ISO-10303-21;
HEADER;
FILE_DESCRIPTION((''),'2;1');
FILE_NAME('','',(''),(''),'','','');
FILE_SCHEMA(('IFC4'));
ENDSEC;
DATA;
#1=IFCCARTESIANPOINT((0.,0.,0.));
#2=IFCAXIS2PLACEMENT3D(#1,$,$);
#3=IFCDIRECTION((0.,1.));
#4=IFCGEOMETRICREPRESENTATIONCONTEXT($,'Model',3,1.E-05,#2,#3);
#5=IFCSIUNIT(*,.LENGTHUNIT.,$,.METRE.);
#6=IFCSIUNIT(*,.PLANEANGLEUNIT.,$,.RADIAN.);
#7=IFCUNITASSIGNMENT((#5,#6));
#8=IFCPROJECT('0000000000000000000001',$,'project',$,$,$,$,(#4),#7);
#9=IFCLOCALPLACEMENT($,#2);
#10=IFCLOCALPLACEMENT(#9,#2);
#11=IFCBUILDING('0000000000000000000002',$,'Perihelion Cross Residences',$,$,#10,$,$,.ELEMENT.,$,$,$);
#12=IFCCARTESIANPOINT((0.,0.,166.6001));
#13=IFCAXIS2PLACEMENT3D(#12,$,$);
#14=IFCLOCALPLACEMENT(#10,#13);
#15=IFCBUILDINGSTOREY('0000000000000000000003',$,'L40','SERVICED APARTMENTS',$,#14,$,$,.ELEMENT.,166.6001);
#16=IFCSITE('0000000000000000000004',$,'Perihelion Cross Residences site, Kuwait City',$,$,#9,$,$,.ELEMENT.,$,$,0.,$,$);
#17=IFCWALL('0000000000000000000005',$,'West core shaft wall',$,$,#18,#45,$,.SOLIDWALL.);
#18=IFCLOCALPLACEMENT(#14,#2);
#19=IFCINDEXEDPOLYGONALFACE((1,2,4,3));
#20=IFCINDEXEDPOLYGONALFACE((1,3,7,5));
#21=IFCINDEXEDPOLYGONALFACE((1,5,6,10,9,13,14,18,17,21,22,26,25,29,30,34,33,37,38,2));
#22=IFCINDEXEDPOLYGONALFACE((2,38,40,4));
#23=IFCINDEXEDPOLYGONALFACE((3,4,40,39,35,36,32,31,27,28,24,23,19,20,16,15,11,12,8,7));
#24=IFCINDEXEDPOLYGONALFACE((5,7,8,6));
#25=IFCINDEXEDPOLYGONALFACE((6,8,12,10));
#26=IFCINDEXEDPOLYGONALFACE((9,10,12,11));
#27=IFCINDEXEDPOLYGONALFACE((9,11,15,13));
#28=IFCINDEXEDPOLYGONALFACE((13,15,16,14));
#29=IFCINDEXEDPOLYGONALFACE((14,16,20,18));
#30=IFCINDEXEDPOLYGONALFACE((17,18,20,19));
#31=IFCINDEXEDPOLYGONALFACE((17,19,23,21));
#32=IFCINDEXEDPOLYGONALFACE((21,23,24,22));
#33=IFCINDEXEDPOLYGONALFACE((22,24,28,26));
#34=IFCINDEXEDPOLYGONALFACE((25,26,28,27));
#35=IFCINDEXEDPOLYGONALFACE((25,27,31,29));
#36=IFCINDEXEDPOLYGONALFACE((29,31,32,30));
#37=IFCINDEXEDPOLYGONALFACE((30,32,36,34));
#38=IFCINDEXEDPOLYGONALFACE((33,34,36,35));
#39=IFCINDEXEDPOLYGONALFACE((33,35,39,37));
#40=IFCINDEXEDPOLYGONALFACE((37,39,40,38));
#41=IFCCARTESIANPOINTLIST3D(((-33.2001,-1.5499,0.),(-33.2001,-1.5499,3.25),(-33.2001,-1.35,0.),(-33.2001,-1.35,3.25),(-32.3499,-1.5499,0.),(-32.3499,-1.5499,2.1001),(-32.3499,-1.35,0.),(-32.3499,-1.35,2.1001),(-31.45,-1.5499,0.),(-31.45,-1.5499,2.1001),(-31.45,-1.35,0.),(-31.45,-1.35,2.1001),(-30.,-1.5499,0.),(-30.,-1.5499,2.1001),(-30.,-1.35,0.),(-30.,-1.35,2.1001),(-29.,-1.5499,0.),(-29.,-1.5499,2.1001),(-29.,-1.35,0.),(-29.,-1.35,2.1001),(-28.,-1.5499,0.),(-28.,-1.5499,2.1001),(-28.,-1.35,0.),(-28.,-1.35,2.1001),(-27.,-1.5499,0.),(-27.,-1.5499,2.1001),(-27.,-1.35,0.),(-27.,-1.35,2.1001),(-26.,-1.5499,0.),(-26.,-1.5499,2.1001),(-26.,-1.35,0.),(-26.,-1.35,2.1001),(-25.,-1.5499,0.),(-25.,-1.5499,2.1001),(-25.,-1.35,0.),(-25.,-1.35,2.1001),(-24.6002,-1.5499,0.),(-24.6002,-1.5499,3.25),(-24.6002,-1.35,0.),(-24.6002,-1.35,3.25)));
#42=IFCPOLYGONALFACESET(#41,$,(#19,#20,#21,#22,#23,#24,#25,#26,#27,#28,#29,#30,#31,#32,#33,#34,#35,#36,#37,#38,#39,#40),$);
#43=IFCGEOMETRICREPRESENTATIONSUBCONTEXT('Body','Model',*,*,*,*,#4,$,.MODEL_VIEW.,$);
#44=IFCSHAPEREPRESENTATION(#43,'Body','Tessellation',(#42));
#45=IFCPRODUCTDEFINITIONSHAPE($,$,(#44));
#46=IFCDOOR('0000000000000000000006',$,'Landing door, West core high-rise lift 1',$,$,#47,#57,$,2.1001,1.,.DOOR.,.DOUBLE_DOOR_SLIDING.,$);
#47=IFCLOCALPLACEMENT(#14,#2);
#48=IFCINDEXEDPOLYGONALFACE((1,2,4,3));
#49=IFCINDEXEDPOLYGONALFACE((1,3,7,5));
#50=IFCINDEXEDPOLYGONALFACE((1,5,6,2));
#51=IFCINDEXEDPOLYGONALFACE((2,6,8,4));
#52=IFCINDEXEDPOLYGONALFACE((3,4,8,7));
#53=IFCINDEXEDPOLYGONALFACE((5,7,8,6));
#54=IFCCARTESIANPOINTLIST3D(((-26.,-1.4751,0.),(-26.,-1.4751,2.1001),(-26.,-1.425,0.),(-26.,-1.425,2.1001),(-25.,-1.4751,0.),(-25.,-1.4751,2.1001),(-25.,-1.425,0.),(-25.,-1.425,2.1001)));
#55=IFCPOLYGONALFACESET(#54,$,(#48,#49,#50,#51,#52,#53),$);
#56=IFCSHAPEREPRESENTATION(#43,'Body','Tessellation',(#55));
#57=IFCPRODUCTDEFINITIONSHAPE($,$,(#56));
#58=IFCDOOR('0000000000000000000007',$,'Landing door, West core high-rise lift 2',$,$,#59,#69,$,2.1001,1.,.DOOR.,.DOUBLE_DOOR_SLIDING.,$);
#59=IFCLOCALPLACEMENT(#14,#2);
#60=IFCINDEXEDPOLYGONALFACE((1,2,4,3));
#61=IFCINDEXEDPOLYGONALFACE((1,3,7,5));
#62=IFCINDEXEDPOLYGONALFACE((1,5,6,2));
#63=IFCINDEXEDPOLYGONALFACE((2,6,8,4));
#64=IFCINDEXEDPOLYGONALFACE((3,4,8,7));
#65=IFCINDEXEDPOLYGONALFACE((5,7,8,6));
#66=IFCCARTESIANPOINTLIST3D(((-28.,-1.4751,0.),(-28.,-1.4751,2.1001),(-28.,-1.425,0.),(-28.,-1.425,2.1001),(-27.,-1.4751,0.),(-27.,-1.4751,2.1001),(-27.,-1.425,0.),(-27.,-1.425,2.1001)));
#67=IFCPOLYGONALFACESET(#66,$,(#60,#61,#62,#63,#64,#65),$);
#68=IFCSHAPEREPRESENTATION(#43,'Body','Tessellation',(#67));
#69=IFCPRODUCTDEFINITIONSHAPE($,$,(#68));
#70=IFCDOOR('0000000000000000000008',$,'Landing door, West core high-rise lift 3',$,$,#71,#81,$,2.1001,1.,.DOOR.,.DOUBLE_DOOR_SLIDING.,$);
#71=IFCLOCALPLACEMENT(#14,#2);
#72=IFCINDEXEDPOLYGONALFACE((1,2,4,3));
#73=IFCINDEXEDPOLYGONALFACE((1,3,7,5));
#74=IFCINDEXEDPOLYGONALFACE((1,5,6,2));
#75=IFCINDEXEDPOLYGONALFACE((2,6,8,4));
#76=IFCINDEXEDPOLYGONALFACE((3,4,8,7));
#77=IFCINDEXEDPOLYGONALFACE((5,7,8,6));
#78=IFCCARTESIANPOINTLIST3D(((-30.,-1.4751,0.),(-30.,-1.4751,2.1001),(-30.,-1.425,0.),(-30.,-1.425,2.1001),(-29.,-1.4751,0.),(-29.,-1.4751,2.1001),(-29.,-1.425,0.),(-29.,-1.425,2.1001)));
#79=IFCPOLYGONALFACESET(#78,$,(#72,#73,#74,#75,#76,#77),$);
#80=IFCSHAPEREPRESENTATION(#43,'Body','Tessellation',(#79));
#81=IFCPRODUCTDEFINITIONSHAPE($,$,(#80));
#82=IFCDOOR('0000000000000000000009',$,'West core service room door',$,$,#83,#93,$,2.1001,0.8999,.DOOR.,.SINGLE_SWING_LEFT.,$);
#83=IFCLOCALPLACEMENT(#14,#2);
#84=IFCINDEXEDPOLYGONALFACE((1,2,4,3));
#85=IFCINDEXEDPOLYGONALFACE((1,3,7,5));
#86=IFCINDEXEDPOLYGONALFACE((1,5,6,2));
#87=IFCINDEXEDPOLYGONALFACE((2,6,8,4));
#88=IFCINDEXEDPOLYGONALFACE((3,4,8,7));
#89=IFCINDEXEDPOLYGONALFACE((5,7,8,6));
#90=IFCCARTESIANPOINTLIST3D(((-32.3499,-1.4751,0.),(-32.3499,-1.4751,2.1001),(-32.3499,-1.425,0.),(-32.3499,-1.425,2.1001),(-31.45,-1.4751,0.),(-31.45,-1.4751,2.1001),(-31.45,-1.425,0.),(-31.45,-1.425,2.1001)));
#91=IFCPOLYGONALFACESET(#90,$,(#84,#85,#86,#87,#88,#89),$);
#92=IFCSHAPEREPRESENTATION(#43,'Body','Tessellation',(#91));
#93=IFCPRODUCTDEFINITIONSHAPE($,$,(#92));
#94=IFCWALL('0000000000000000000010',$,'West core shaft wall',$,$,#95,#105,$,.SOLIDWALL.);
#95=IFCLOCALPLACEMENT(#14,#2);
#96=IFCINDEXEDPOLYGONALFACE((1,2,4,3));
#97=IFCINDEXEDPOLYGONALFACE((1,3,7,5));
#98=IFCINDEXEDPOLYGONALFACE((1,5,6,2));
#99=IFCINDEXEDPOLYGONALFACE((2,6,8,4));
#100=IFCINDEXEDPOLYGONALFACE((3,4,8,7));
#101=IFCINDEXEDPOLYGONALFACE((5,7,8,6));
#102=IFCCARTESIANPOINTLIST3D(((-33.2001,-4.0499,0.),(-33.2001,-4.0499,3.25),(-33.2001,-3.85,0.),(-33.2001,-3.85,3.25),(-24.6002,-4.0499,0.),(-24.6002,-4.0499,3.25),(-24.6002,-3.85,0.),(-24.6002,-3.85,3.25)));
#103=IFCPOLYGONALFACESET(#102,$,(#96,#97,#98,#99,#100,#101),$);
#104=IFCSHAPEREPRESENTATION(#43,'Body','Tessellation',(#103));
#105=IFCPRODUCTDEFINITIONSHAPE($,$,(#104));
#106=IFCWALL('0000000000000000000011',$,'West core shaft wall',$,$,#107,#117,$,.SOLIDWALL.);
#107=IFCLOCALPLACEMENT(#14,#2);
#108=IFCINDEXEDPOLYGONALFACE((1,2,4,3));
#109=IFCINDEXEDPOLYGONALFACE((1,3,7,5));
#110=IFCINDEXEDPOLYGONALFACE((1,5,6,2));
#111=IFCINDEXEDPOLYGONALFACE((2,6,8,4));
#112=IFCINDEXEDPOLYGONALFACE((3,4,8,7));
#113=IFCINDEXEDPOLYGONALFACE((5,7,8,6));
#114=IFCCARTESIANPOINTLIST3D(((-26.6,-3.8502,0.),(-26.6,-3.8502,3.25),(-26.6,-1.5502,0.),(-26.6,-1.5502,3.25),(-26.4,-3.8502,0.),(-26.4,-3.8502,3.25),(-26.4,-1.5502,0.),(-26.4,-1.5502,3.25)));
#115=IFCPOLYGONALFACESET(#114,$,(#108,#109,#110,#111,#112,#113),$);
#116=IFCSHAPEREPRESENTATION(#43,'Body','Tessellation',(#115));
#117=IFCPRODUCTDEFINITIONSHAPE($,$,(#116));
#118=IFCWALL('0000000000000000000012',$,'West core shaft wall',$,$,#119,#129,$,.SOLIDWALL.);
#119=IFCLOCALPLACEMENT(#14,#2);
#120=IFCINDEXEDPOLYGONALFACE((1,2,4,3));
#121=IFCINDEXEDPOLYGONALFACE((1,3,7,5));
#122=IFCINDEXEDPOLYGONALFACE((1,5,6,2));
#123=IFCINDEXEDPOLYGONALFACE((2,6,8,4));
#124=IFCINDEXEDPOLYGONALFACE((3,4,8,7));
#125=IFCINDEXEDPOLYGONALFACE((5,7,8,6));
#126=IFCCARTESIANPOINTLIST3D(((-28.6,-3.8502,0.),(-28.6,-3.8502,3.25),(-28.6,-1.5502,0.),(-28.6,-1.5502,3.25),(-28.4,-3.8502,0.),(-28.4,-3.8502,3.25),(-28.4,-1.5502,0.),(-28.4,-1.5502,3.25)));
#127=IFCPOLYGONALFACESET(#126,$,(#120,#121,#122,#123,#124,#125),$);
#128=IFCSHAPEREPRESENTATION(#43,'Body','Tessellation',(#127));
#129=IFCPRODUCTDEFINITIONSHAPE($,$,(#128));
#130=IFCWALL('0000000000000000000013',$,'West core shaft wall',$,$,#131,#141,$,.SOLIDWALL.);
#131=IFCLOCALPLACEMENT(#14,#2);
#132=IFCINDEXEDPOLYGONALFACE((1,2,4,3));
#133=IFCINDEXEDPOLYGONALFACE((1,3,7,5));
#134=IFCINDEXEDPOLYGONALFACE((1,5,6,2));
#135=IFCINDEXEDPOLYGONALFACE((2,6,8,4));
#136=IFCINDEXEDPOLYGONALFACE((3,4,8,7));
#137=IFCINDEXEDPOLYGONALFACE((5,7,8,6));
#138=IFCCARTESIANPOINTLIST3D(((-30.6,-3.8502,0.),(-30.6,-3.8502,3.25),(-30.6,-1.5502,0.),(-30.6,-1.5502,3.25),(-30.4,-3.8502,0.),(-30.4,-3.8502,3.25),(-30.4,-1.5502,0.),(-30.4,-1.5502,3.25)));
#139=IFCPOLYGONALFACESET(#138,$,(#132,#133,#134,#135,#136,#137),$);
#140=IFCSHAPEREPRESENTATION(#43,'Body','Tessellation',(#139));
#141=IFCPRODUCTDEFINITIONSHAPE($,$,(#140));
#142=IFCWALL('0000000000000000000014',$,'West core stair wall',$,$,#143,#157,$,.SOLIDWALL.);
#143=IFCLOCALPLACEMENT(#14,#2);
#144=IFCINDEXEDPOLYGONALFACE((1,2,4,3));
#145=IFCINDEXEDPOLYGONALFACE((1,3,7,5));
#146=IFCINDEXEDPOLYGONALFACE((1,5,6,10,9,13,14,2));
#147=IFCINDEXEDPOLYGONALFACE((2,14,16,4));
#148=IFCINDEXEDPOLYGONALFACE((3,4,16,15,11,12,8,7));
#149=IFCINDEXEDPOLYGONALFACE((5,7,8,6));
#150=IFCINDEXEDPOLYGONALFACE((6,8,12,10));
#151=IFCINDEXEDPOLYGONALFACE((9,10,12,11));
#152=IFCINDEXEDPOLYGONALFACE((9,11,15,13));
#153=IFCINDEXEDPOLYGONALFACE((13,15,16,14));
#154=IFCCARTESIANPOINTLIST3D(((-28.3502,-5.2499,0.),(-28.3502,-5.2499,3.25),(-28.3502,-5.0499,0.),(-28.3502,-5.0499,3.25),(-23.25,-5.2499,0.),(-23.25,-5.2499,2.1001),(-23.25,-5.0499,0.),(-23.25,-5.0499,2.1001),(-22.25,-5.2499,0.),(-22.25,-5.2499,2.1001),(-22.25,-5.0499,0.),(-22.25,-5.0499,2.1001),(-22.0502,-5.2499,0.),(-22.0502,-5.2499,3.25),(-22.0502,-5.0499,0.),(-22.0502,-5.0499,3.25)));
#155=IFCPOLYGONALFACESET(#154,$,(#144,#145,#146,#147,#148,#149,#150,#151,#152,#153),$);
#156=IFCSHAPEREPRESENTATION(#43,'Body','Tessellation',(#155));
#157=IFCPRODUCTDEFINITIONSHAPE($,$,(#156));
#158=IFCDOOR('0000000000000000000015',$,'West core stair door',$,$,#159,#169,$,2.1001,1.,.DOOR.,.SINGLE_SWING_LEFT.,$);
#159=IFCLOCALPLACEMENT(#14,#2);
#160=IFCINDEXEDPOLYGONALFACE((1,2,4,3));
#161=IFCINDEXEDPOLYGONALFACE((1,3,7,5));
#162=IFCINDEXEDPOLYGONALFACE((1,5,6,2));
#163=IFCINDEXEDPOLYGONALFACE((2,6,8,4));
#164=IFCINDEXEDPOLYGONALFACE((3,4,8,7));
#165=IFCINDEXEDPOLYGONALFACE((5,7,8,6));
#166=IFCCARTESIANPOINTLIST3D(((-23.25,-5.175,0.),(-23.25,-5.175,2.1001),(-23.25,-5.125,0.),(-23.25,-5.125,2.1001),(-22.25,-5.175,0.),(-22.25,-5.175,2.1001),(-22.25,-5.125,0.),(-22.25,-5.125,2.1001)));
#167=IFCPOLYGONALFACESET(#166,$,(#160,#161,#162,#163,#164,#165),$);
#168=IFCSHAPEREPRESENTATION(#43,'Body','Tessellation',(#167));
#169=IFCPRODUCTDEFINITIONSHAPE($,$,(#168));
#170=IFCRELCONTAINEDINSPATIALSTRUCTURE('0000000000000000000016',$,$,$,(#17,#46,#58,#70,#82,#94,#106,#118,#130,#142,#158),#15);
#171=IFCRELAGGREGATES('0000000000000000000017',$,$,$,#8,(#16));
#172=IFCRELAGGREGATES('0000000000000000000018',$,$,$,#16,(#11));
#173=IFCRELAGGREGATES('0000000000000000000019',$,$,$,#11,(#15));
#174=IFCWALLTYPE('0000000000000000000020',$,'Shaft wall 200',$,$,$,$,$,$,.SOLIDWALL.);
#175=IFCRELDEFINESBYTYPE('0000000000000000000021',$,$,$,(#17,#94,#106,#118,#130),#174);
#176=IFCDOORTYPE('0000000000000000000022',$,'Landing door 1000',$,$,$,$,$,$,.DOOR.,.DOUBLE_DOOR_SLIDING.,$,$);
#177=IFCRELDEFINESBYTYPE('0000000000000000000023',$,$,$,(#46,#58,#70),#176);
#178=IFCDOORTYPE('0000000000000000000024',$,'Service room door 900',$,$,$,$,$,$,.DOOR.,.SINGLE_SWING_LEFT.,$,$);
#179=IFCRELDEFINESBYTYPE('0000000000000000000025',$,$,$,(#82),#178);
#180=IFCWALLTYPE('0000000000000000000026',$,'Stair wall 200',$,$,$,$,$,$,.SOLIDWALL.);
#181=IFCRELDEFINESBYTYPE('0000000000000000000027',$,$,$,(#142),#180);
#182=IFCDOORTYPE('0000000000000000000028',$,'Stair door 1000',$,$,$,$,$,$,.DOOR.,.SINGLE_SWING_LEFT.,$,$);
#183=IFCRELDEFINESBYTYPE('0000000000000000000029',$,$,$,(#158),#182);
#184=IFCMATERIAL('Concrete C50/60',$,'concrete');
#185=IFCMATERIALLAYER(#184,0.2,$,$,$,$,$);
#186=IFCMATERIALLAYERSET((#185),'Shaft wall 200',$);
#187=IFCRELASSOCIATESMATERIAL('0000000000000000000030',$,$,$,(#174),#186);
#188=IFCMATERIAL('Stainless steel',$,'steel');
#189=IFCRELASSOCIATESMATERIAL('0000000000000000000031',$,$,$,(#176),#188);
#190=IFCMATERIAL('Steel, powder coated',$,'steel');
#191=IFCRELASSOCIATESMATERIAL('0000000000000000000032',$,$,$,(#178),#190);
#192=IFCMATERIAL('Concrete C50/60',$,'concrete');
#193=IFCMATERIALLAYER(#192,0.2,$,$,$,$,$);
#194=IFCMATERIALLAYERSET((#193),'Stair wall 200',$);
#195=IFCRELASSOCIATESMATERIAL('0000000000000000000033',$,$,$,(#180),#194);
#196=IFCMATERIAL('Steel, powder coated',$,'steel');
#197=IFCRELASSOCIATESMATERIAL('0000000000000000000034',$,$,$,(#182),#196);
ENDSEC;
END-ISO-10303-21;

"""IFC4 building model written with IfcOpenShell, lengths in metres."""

from ifc_helpers import new_model, si_unit, direction, frame, frame_2d, origin, place, context, subcontext, project, spatial, rectangle, extrude, material, layer, layer_set, type_object, element, fill, save


model = new_model("IFC4")

# Units and contexts
model_context = context("Model", 3, precision=1e-05, world=origin(), true_north=direction((0.0, 1.0)))
body_context = subcontext(model_context, "Body", "Model", "MODEL_VIEW")
ifc_project = project(units=[si_unit("LENGTHUNIT", "METRE"), si_unit("PLANEANGLEUNIT", "RADIAN")], contexts=[model_context])

# Site, building, storey
site_placement = place(None, origin())
site = spatial("IfcSite", under=ifc_project, at=site_placement, Name="Perihelion Cross Residences site, Kuwait City", CompositionType="ELEMENT", RefElevation=0.0)
building_placement = place(site_placement, origin())
building = spatial("IfcBuilding", under=site, at=building_placement, Name="Perihelion Cross Residences", CompositionType="ELEMENT")
storey_placement = place(building_placement, frame((0.0, 0.0, 166.6001)))
storey = spatial("IfcBuildingStorey", under=building, at=storey_placement, Name="L40", Description="SERVICED APARTMENTS", CompositionType="ELEMENT", Elevation=166.6001)

# Wall, openings, doors
ifc_material_1 = material(Name="Concrete C50/60", Category="concrete")
ifc_layer_1 = layer(ifc_material_1, 0.2)
ifc_layer_set_1 = layer_set([ifc_layer_1], Name="Shaft wall 200")
wall_type_1 = type_object("IfcWallType", Name="Shaft wall 200", PredefinedType="SOLIDWALL", material=ifc_layer_set_1)
wall_1_placement = place(storey_placement, frame((-33.2, -1.45, 0.0), z_axis=(0.0, 0.0, 1.0), x_axis=(1.0, 0.0, 0.0)))
wall_1 = element("IfcWall", 1, at=wall_1_placement, inside=storey, type_object=wall_type_1, Name="West core shaft wall", PredefinedType="SOLIDWALL", context=body_context, shape_type="SweptSolid", body=[
    extrude(rectangle(XDim=8.5999, YDim=0.2, at=frame_2d((4.2998, 0.0))), origin(), (0.0, 0.0, 1.0), 3.25),
])
opening_1_placement = place(wall_1_placement, frame((7.2, 0.0, 0.0)))
opening_1 = element("IfcOpeningElement", 2, at=opening_1_placement, cuts=wall_1, PredefinedType="OPENING", context=body_context, shape_type="SweptSolid", body=[
    extrude(rectangle(XDim=1.0, YDim=2.1001, at=frame_2d((0.5, 1.05))), frame((0.0, 0.1099, 0.0), z_axis=(0.0, -1.0, 0.0), x_axis=(1.0, 0.0, 0.0)), (0.0, 0.0, 1.0), 0.22),
])
opening_2_placement = place(wall_1_placement, frame((5.2, 0.0, 0.0)))
opening_2 = element("IfcOpeningElement", 3, at=opening_2_placement, cuts=wall_1, PredefinedType="OPENING", context=body_context, shape_type="SweptSolid", body=[
    extrude(rectangle(XDim=1.0, YDim=2.1001, at=frame_2d((0.5, 1.05))), frame((0.0, 0.1099, 0.0), z_axis=(0.0, -1.0, 0.0), x_axis=(1.0, 0.0, 0.0)), (0.0, 0.0, 1.0), 0.22),
])
opening_3_placement = place(wall_1_placement, frame((3.2, 0.0, 0.0)))
opening_3 = element("IfcOpeningElement", 4, at=opening_3_placement, cuts=wall_1, PredefinedType="OPENING", context=body_context, shape_type="SweptSolid", body=[
    extrude(rectangle(XDim=1.0, YDim=2.1001, at=frame_2d((0.5, 1.05))), frame((0.0, 0.1099, 0.0), z_axis=(0.0, -1.0, 0.0), x_axis=(1.0, 0.0, 0.0)), (0.0, 0.0, 1.0), 0.22),
])
opening_4_placement = place(wall_1_placement, frame((0.8501, 0.0, 0.0)))
opening_4 = element("IfcOpeningElement", 5, at=opening_4_placement, cuts=wall_1, PredefinedType="OPENING", context=body_context, shape_type="SweptSolid", body=[
    extrude(rectangle(XDim=0.8999, YDim=2.1001, at=frame_2d((0.45, 1.05))), frame((0.0, 0.1099, 0.0), z_axis=(0.0, -1.0, 0.0), x_axis=(1.0, 0.0, 0.0)), (0.0, 0.0, 1.0), 0.22),
])
ifc_material_2 = material(Name="Stainless steel", Category="steel")
door_type_1 = type_object("IfcDoorType", Name="Landing door 1000", OperationType="DOUBLE_DOOR_SLIDING", PredefinedType="DOOR", material=ifc_material_2)
door_1_placement = place(opening_1_placement, origin())
door_1 = element("IfcDoor", 6, at=door_1_placement, inside=storey, type_object=door_type_1, Name="Landing door, West core high-rise lift 1", OperationType="DOUBLE_DOOR_SLIDING", OverallHeight=2.1001, OverallWidth=1.0, PredefinedType="DOOR", context=body_context, shape_type="SweptSolid", body=[
    extrude(rectangle(XDim=1.0, YDim=2.1001, at=frame_2d((0.5, 1.05))), frame((0.0, 0.0249, 0.0), z_axis=(0.0, -1.0, 0.0), x_axis=(1.0, 0.0, 0.0)), (0.0, 0.0, 1.0), 0.05),
])
fill(opening_1, door_1)
door_2_placement = place(opening_2_placement, origin())
door_2 = element("IfcDoor", 7, at=door_2_placement, inside=storey, type_object=door_type_1, Name="Landing door, West core high-rise lift 2", OperationType="DOUBLE_DOOR_SLIDING", OverallHeight=2.1001, OverallWidth=1.0, PredefinedType="DOOR", context=body_context, shape_type="SweptSolid", body=[
    extrude(rectangle(XDim=1.0, YDim=2.1001, at=frame_2d((0.5, 1.05))), frame((0.0, 0.0249, 0.0), z_axis=(0.0, -1.0, 0.0), x_axis=(1.0, 0.0, 0.0)), (0.0, 0.0, 1.0), 0.05),
])
fill(opening_2, door_2)
door_3_placement = place(opening_3_placement, origin())
door_3 = element("IfcDoor", 8, at=door_3_placement, inside=storey, type_object=door_type_1, Name="Landing door, West core high-rise lift 3", OperationType="DOUBLE_DOOR_SLIDING", OverallHeight=2.1001, OverallWidth=1.0, PredefinedType="DOOR", context=body_context, shape_type="SweptSolid", body=[
    extrude(rectangle(XDim=1.0, YDim=2.1001, at=frame_2d((0.5, 1.05))), frame((0.0, 0.0249, 0.0), z_axis=(0.0, -1.0, 0.0), x_axis=(1.0, 0.0, 0.0)), (0.0, 0.0, 1.0), 0.05),
])
fill(opening_3, door_3)
ifc_material_3 = material(Name="Steel, powder coated", Category="steel")
door_type_2 = type_object("IfcDoorType", Name="Service room door 900", OperationType="SINGLE_SWING_LEFT", PredefinedType="DOOR", material=ifc_material_3)
door_4_placement = place(opening_4_placement, origin())
door_4 = element("IfcDoor", 9, at=door_4_placement, inside=storey, type_object=door_type_2, Name="West core service room door", OperationType="SINGLE_SWING_LEFT", OverallHeight=2.1001, OverallWidth=0.8999, PredefinedType="DOOR", context=body_context, shape_type="SweptSolid", body=[
    extrude(rectangle(XDim=0.8999, YDim=2.1001, at=frame_2d((0.45, 1.05))), frame((0.0, 0.0249, 0.0), z_axis=(0.0, -1.0, 0.0), x_axis=(1.0, 0.0, 0.0)), (0.0, 0.0, 1.0), 0.05),
])
fill(opening_4, door_4)

# Walls
wall_2_placement = place(storey_placement, frame((-33.2, -3.95, 0.0), z_axis=(0.0, 0.0, 1.0), x_axis=(1.0, 0.0, 0.0)))
element("IfcWall", 10, at=wall_2_placement, inside=storey, type_object=wall_type_1, Name="West core shaft wall", PredefinedType="SOLIDWALL", context=body_context, shape_type="SweptSolid", body=[
    extrude(rectangle(XDim=8.5999, YDim=0.2, at=frame_2d((4.2998, 0.0))), origin(), (0.0, 0.0, 1.0), 3.25),
])
for number, where, z_axis, x_axis, name in (
    (11, (-26.5, -3.8501, 0.0), (0.0, 0.0, 1.0), (0.0, 1.0, 0.0), "West core shaft wall"),
    (12, (-28.5, -3.8501, 0.0), (0.0, 0.0, 1.0), (0.0, 1.0, 0.0), "West core shaft wall"),
    (13, (-30.5, -3.8501, 0.0), (0.0, 0.0, 1.0), (0.0, 1.0, 0.0), "West core shaft wall"),
):
    element("IfcWall", number, at=place(storey_placement, frame(where, z_axis=z_axis, x_axis=x_axis)), inside=storey, type_object=wall_type_1, Name=name, PredefinedType="SOLIDWALL", context=body_context, shape_type="SweptSolid", body=[
        extrude(rectangle(XDim=2.3, YDim=0.2, at=frame_2d((1.1499, 0.0))), origin(), (0.0, 0.0, 1.0), 3.25),
    ])

# Wall, opening, door
ifc_material_4 = material(Name="Concrete C50/60", Category="concrete")
ifc_layer_2 = layer(ifc_material_4, 0.2)
ifc_layer_set_2 = layer_set([ifc_layer_2], Name="Stair wall 200")
wall_type_2 = type_object("IfcWallType", Name="Stair wall 200", PredefinedType="SOLIDWALL", material=ifc_layer_set_2)
wall_3_placement = place(storey_placement, frame((-28.3501, -5.1499, 0.0), z_axis=(0.0, 0.0, 1.0), x_axis=(1.0, 0.0, 0.0)))
wall_3 = element("IfcWall", 14, at=wall_3_placement, inside=storey, type_object=wall_type_2, Name="West core stair wall", PredefinedType="SOLIDWALL", context=body_context, shape_type="SweptSolid", body=[
    extrude(rectangle(XDim=6.3, YDim=0.2, at=frame_2d((3.1499, 0.0))), origin(), (0.0, 0.0, 1.0), 3.25),
])
opening_5_placement = place(wall_3_placement, frame((5.1001, 0.0, 0.0)))
opening_5 = element("IfcOpeningElement", 15, at=opening_5_placement, cuts=wall_3, PredefinedType="OPENING", context=body_context, shape_type="SweptSolid", body=[
    extrude(rectangle(XDim=1.0, YDim=2.1001, at=frame_2d((0.5, 1.05))), frame((0.0, 0.1099, 0.0), z_axis=(0.0, -1.0, 0.0), x_axis=(1.0, 0.0, 0.0)), (0.0, 0.0, 1.0), 0.22),
])
ifc_material_5 = material(Name="Steel, powder coated", Category="steel")
door_type_3 = type_object("IfcDoorType", Name="Stair door 1000", OperationType="SINGLE_SWING_LEFT", PredefinedType="DOOR", material=ifc_material_5)
door_5_placement = place(opening_5_placement, origin())
door_5 = element("IfcDoor", 16, at=door_5_placement, inside=storey, type_object=door_type_3, Name="West core stair door", OperationType="SINGLE_SWING_LEFT", OverallHeight=2.1001, OverallWidth=1.0, PredefinedType="DOOR", context=body_context, shape_type="SweptSolid", body=[
    extrude(rectangle(XDim=1.0, YDim=2.1001, at=frame_2d((0.5, 1.05))), frame((0.0, 0.0249, 0.0), z_axis=(0.0, -1.0, 0.0), x_axis=(1.0, 0.0, 0.0)), (0.0, 0.0, 1.0), 0.05),
])
fill(opening_5, door_5)

save(model, "model.ifc")
